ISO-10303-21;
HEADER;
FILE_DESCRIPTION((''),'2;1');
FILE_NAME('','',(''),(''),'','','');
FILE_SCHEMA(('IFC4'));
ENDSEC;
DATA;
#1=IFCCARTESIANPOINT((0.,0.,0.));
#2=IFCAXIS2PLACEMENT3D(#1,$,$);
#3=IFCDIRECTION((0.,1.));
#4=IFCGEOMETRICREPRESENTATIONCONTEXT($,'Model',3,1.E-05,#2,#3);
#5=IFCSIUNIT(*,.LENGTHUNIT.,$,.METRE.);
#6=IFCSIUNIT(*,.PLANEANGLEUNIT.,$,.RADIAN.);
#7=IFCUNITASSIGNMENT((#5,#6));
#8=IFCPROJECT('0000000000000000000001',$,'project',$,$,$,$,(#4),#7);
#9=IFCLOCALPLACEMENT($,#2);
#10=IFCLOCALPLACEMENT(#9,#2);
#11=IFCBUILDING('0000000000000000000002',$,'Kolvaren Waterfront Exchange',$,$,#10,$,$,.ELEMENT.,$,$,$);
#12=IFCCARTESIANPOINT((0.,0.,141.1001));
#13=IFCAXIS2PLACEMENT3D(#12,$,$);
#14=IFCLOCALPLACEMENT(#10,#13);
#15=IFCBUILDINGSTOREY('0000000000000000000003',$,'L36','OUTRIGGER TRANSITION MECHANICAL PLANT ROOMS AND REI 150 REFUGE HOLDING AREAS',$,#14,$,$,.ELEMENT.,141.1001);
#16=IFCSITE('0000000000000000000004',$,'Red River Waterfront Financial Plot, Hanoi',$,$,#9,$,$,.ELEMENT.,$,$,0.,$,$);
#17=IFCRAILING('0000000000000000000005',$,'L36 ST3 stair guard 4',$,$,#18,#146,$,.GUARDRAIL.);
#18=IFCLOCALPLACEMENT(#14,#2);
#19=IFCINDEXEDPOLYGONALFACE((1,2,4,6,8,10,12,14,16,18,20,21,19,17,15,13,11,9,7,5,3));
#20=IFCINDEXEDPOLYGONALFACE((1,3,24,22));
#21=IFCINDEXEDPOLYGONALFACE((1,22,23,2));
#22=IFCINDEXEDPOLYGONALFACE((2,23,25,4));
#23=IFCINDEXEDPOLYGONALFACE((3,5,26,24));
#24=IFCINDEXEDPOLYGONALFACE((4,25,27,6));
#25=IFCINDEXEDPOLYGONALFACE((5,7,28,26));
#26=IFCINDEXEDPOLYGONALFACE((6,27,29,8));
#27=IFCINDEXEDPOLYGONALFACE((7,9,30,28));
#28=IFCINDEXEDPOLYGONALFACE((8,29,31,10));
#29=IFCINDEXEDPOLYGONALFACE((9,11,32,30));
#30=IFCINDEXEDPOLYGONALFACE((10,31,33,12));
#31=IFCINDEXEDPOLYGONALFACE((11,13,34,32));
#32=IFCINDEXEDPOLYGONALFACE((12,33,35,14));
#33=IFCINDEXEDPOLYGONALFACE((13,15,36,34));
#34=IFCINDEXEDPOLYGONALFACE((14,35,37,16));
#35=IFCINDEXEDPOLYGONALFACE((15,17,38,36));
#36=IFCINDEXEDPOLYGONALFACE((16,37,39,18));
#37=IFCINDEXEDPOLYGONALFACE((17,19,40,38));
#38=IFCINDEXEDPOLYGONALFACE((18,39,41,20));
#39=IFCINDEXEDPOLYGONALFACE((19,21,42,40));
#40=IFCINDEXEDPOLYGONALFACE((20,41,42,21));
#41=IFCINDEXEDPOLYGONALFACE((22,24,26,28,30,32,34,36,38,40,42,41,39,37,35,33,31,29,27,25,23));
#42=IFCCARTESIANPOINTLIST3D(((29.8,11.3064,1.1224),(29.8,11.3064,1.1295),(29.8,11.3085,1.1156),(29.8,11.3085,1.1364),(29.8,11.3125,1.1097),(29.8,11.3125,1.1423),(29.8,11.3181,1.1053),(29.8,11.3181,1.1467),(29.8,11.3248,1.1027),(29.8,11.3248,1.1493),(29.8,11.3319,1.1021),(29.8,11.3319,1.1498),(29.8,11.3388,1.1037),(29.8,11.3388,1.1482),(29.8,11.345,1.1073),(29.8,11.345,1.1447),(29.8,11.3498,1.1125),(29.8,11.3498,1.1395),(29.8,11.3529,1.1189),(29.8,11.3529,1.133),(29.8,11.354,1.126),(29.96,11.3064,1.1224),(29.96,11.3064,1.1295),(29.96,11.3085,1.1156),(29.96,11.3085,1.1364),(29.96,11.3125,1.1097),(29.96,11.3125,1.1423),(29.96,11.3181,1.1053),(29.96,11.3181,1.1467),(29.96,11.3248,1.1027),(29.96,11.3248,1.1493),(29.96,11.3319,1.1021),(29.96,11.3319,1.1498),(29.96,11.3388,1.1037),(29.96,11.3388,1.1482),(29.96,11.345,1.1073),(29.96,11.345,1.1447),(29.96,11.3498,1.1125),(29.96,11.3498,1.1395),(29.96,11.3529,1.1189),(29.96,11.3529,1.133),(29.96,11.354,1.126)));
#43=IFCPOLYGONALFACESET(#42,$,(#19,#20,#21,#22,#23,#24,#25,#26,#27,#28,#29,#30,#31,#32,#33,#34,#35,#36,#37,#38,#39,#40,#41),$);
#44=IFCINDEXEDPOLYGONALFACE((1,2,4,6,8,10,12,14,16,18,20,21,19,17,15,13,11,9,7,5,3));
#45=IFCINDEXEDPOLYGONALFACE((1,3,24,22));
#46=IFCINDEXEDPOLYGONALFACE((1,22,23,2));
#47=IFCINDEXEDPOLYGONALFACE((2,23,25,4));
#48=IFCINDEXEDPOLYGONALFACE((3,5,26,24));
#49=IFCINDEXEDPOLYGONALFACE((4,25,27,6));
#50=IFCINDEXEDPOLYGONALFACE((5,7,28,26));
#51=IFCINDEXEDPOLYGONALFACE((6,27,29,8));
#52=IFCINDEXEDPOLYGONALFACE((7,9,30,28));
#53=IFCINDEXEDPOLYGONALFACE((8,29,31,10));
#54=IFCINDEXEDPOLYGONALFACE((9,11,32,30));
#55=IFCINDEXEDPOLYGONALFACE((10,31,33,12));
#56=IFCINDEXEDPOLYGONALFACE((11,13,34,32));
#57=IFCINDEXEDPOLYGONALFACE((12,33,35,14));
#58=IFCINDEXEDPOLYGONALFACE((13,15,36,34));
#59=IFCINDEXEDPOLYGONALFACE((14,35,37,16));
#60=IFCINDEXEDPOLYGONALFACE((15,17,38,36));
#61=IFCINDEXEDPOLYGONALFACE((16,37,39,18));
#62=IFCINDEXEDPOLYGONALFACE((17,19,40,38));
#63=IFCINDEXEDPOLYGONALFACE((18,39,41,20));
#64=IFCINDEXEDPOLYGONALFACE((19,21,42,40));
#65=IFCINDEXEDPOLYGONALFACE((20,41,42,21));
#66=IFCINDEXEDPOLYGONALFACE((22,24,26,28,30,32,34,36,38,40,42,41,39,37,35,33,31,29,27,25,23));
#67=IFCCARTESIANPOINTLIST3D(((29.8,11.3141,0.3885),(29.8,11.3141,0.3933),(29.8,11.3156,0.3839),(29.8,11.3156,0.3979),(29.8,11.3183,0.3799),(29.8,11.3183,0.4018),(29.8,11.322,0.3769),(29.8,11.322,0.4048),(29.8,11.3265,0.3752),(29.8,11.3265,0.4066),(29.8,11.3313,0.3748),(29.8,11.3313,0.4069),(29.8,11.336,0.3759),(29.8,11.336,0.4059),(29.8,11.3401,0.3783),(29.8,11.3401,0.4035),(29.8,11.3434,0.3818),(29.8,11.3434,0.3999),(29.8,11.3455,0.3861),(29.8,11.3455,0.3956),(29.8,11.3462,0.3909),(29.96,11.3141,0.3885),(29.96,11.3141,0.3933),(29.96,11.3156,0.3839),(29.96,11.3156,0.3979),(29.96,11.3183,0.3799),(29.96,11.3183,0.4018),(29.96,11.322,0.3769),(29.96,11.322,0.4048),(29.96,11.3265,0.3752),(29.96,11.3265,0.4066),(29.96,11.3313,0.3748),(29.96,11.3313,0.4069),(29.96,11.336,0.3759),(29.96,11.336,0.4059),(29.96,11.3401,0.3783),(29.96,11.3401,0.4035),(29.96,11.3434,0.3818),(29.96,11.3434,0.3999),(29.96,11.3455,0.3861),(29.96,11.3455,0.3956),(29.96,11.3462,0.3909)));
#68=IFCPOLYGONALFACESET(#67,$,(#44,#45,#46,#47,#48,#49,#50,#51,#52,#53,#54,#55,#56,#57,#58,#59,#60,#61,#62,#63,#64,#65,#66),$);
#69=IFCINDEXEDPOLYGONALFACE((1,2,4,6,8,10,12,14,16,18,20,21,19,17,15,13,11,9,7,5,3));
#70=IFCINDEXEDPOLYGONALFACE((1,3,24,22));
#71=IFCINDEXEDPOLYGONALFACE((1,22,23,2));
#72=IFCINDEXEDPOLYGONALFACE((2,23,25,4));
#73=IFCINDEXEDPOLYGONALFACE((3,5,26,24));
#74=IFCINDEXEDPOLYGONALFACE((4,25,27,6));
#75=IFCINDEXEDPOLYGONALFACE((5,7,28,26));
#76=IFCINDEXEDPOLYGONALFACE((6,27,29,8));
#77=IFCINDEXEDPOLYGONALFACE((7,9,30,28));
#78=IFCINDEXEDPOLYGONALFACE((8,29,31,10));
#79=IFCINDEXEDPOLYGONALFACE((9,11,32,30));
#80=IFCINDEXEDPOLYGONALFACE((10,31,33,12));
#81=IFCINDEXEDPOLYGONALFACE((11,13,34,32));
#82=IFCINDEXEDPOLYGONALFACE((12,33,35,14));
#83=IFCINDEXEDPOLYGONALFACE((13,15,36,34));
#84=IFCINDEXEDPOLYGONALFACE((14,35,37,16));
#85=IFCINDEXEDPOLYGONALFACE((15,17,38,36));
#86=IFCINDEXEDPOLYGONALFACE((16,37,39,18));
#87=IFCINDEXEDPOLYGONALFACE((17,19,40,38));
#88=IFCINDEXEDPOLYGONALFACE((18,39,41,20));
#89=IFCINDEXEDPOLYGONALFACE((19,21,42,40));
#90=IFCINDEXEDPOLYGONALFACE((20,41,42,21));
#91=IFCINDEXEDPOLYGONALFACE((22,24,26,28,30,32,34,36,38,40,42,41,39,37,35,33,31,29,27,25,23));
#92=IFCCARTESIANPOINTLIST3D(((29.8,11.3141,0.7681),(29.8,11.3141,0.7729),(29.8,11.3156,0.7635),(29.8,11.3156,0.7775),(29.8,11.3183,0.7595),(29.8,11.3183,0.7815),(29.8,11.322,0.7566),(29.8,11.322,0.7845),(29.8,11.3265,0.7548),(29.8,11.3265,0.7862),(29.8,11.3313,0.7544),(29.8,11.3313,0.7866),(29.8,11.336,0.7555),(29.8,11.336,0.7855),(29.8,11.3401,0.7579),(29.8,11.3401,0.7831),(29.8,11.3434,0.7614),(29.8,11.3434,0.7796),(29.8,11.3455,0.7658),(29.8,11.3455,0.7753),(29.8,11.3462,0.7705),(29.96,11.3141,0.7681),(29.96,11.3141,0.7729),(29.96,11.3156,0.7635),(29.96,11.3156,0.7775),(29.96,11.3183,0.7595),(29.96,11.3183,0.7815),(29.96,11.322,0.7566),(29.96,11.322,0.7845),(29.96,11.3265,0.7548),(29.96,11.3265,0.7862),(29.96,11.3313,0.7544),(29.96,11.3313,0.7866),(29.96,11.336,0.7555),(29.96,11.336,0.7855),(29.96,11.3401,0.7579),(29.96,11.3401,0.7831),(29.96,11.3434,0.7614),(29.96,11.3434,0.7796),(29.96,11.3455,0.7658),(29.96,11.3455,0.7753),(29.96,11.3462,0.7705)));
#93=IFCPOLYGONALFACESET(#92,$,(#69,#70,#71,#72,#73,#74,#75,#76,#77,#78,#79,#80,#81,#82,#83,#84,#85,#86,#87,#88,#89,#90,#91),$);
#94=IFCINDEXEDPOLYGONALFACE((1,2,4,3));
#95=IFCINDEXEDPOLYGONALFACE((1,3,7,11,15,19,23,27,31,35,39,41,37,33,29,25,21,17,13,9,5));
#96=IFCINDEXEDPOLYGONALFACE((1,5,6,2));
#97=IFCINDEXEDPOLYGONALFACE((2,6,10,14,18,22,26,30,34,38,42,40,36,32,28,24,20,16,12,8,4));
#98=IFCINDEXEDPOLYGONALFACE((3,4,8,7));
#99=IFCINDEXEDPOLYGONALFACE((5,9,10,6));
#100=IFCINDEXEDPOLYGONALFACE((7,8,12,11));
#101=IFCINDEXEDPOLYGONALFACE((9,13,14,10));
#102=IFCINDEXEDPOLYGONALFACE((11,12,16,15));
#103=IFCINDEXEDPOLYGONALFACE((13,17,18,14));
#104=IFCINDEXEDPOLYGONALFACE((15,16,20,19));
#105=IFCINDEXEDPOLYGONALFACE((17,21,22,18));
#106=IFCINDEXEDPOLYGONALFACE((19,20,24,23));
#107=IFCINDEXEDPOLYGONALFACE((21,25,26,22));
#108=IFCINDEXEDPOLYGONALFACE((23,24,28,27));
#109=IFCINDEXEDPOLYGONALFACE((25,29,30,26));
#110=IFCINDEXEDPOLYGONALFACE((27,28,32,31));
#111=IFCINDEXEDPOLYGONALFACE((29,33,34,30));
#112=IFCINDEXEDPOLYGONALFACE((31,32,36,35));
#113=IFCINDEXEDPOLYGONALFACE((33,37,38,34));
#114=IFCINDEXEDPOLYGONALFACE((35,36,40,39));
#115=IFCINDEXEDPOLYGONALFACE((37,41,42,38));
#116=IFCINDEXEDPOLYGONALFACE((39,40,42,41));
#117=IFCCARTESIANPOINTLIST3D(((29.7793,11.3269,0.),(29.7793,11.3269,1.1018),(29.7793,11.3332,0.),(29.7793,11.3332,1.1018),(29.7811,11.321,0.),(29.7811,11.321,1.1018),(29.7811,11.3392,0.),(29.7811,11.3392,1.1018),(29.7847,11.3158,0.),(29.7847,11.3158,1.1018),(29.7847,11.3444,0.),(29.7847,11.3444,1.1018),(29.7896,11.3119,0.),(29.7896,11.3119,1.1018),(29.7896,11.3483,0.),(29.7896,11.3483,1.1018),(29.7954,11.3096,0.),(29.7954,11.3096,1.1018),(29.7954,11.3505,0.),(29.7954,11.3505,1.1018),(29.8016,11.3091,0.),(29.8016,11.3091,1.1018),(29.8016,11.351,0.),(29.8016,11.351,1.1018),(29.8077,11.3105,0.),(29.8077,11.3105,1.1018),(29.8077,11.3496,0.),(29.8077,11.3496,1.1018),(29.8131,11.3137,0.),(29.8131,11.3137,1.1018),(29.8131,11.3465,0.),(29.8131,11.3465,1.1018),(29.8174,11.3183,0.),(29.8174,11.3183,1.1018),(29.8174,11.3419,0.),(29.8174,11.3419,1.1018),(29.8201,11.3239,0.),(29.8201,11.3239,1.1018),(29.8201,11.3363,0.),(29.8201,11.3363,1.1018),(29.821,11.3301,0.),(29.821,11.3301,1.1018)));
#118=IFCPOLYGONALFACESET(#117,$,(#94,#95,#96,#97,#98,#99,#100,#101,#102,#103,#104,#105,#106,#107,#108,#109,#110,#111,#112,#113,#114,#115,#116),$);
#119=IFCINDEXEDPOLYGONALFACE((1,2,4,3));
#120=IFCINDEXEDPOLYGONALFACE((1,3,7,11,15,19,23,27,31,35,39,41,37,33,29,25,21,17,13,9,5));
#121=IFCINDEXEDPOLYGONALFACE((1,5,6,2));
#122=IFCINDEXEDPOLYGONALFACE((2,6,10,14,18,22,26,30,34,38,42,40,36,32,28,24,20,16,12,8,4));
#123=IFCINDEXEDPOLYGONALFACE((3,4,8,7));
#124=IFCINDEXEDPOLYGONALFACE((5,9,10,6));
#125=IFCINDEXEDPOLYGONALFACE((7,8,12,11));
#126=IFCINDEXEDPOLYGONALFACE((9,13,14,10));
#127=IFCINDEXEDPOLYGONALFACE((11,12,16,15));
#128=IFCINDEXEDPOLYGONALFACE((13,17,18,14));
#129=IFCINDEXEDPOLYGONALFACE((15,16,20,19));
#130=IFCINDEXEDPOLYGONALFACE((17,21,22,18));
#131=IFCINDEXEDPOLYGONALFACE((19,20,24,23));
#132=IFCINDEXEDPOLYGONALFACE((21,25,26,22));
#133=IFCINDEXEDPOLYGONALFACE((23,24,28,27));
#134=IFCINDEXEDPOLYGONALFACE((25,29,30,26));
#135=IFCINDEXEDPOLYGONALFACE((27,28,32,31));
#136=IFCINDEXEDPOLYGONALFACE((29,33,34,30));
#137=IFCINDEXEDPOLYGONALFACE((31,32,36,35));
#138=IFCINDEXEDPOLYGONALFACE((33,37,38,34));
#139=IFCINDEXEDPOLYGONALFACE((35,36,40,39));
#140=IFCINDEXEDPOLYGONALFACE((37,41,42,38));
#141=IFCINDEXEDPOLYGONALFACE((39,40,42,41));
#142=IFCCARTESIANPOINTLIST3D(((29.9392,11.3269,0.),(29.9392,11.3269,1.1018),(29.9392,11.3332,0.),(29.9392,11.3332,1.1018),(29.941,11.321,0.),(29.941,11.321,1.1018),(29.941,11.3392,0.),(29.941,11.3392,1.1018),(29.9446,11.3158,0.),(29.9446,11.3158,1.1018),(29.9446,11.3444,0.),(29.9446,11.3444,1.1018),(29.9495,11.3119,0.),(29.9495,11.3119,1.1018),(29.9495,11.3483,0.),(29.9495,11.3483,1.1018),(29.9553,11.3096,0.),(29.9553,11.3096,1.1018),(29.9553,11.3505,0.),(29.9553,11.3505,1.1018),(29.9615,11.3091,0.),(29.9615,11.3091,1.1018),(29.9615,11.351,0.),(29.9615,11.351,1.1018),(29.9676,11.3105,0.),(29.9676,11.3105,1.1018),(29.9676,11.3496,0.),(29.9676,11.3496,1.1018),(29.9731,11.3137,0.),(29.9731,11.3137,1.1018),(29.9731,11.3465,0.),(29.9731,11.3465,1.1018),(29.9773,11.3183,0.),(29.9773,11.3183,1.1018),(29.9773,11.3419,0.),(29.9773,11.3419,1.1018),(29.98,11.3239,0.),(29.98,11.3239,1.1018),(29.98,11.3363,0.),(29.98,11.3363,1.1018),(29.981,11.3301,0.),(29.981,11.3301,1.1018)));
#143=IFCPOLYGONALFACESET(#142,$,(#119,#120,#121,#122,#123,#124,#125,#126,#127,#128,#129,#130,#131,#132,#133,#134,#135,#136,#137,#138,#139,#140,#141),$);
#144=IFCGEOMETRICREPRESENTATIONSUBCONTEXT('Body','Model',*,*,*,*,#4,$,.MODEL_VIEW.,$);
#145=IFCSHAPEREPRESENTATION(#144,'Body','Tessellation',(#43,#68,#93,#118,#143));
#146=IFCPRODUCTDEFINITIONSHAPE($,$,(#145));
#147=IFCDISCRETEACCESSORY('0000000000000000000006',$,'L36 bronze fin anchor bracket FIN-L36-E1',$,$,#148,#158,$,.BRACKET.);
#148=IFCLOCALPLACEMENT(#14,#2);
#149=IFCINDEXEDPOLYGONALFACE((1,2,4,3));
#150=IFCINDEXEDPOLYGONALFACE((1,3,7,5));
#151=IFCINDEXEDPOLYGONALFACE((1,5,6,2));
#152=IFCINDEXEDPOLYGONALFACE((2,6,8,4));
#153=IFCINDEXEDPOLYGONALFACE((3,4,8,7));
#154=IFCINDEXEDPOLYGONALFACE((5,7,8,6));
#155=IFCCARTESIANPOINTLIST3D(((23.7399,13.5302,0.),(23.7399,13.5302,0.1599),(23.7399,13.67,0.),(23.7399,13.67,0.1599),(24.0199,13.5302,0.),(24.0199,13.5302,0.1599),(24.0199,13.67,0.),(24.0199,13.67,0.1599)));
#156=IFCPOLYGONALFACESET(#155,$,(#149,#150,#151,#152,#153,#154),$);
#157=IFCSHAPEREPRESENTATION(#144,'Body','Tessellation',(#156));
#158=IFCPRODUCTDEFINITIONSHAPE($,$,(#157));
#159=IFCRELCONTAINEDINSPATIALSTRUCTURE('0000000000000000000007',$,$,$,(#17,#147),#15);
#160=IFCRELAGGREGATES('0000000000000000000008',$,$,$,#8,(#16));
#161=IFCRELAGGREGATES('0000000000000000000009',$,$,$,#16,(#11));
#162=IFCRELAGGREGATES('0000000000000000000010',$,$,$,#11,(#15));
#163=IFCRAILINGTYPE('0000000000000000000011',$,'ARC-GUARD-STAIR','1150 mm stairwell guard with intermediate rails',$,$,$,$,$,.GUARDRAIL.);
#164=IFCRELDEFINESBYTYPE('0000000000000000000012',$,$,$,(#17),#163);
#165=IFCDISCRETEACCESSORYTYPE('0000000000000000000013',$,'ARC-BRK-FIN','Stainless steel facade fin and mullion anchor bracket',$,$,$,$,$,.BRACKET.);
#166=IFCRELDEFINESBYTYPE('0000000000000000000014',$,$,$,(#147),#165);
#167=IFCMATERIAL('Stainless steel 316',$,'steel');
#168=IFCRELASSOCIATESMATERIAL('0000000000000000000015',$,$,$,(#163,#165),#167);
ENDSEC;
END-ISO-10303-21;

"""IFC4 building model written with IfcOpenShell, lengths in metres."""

from ifc_helpers import new_model, si_unit, direction, frame, origin, origin_with_axes, origin_2d, place, context, subcontext, project, spatial, rectangle, circle, extrude, source, transform, mapped, material, type_object, element, save


model = new_model("IFC4")

# Units and contexts
model_context = context("Model", 3, precision=1e-05, world=origin(), true_north=direction((0.0, 1.0)))
body_context = subcontext(model_context, "Body", "Model", "MODEL_VIEW")
ifc_project = project(units=[si_unit("LENGTHUNIT", "METRE"), si_unit("PLANEANGLEUNIT", "RADIAN")], contexts=[model_context])

# Site, building, storey
site_placement = place(None, origin())
site = spatial("IfcSite", under=ifc_project, at=site_placement, Name="Red River Waterfront Financial Plot, Hanoi", CompositionType="ELEMENT", RefElevation=0.0)
building_placement = place(site_placement, origin())
building = spatial("IfcBuilding", under=site, at=building_placement, Name="Kolvaren Waterfront Exchange", CompositionType="ELEMENT")
storey_placement = place(building_placement, frame((0.0, 0.0, 141.1001)))
storey = spatial("IfcBuildingStorey", under=building, at=storey_placement, Name="L36", Description="OUTRIGGER TRANSITION MECHANICAL PLANT ROOMS AND REI 150 REFUGE HOLDING AREAS", CompositionType="ELEMENT", Elevation=141.1001)

# Railing
ifc_material_1 = material(Name="Stainless steel 316", Category="steel")
railing_type_1 = type_object("IfcRailingType", Name="ARC-GUARD-STAIR", Description="1150 mm stairwell guard with intermediate rails", PredefinedType="GUARDRAIL", material=ifc_material_1)
railing_1_placement = place(storey_placement, frame((29.8, 11.3301, 0.0)))
element("IfcRailing", 1, at=railing_1_placement, inside=storey, type_object=railing_type_1, Name="L36 ST3 stair guard 4", PredefinedType="GUARDRAIL", context=body_context, shape_type="SweptSolid", body=[
    extrude(circle(Radius=0.0239, at=origin_2d()), frame((0.0, 0.0, 1.126), z_axis=(1.0, 0.0, 0.0), x_axis=(0.0, 1.0, 0.0)), (0.0, 0.0, 1.0), 0.1599),
    extrude(circle(Radius=0.0161, at=origin_2d()), frame((0.0, 0.0, 0.3909), z_axis=(1.0, 0.0, 0.0), x_axis=(0.0, 1.0, 0.0)), (0.0, 0.0, 1.0), 0.1599),
    extrude(circle(Radius=0.0161, at=origin_2d()), frame((0.0, 0.0, 0.7705), z_axis=(1.0, 0.0, 0.0), x_axis=(0.0, 1.0, 0.0)), (0.0, 0.0, 1.0), 0.1599),
    extrude(circle(Radius=0.021, at=origin_2d()), origin(), (0.0, 0.0, 1.0), 1.1018),
    extrude(circle(Radius=0.021, at=origin_2d()), frame((0.1599, 0.0, 0.0)), (0.0, 0.0, 1.0), 1.1018),
])

# Discrete accessory
discrete_accessory_type = type_object("IfcDiscreteAccessoryType", Name="ARC-BRK-FIN", Description="Stainless steel facade fin and mullion anchor bracket", PredefinedType="BRACKET", material=ifc_material_1)
shared_shape = source(origin_with_axes(), body_context, "Body", "SweptSolid", [
    extrude(rectangle(XDim=0.28, YDim=0.1399, at=origin_2d()), origin(), (0.0, 0.0, 1.0), 0.1599),
])
discrete_accessory_placement = place(storey_placement, frame((23.8799, 13.6001, 0.0), z_axis=(0.0, 0.0, 1.0), x_axis=(1.0, 0.0, 0.0)))
element("IfcDiscreteAccessory", 2, at=discrete_accessory_placement, inside=storey, type_object=discrete_accessory_type, Name="L36 bronze fin anchor bracket FIN-L36-E1", PredefinedType="BRACKET", context=body_context, shape_type="MappedRepresentation", body=[
    mapped(shared_shape, transform((0.0, 0.0, 0.0), x_axis=(1.0, 0.0, 0.0), y_axis=(0.0, 1.0, 0.0), z_axis=(0.0, 0.0, 1.0), scale=1.0)),
])

save(model, "model.ifc")
